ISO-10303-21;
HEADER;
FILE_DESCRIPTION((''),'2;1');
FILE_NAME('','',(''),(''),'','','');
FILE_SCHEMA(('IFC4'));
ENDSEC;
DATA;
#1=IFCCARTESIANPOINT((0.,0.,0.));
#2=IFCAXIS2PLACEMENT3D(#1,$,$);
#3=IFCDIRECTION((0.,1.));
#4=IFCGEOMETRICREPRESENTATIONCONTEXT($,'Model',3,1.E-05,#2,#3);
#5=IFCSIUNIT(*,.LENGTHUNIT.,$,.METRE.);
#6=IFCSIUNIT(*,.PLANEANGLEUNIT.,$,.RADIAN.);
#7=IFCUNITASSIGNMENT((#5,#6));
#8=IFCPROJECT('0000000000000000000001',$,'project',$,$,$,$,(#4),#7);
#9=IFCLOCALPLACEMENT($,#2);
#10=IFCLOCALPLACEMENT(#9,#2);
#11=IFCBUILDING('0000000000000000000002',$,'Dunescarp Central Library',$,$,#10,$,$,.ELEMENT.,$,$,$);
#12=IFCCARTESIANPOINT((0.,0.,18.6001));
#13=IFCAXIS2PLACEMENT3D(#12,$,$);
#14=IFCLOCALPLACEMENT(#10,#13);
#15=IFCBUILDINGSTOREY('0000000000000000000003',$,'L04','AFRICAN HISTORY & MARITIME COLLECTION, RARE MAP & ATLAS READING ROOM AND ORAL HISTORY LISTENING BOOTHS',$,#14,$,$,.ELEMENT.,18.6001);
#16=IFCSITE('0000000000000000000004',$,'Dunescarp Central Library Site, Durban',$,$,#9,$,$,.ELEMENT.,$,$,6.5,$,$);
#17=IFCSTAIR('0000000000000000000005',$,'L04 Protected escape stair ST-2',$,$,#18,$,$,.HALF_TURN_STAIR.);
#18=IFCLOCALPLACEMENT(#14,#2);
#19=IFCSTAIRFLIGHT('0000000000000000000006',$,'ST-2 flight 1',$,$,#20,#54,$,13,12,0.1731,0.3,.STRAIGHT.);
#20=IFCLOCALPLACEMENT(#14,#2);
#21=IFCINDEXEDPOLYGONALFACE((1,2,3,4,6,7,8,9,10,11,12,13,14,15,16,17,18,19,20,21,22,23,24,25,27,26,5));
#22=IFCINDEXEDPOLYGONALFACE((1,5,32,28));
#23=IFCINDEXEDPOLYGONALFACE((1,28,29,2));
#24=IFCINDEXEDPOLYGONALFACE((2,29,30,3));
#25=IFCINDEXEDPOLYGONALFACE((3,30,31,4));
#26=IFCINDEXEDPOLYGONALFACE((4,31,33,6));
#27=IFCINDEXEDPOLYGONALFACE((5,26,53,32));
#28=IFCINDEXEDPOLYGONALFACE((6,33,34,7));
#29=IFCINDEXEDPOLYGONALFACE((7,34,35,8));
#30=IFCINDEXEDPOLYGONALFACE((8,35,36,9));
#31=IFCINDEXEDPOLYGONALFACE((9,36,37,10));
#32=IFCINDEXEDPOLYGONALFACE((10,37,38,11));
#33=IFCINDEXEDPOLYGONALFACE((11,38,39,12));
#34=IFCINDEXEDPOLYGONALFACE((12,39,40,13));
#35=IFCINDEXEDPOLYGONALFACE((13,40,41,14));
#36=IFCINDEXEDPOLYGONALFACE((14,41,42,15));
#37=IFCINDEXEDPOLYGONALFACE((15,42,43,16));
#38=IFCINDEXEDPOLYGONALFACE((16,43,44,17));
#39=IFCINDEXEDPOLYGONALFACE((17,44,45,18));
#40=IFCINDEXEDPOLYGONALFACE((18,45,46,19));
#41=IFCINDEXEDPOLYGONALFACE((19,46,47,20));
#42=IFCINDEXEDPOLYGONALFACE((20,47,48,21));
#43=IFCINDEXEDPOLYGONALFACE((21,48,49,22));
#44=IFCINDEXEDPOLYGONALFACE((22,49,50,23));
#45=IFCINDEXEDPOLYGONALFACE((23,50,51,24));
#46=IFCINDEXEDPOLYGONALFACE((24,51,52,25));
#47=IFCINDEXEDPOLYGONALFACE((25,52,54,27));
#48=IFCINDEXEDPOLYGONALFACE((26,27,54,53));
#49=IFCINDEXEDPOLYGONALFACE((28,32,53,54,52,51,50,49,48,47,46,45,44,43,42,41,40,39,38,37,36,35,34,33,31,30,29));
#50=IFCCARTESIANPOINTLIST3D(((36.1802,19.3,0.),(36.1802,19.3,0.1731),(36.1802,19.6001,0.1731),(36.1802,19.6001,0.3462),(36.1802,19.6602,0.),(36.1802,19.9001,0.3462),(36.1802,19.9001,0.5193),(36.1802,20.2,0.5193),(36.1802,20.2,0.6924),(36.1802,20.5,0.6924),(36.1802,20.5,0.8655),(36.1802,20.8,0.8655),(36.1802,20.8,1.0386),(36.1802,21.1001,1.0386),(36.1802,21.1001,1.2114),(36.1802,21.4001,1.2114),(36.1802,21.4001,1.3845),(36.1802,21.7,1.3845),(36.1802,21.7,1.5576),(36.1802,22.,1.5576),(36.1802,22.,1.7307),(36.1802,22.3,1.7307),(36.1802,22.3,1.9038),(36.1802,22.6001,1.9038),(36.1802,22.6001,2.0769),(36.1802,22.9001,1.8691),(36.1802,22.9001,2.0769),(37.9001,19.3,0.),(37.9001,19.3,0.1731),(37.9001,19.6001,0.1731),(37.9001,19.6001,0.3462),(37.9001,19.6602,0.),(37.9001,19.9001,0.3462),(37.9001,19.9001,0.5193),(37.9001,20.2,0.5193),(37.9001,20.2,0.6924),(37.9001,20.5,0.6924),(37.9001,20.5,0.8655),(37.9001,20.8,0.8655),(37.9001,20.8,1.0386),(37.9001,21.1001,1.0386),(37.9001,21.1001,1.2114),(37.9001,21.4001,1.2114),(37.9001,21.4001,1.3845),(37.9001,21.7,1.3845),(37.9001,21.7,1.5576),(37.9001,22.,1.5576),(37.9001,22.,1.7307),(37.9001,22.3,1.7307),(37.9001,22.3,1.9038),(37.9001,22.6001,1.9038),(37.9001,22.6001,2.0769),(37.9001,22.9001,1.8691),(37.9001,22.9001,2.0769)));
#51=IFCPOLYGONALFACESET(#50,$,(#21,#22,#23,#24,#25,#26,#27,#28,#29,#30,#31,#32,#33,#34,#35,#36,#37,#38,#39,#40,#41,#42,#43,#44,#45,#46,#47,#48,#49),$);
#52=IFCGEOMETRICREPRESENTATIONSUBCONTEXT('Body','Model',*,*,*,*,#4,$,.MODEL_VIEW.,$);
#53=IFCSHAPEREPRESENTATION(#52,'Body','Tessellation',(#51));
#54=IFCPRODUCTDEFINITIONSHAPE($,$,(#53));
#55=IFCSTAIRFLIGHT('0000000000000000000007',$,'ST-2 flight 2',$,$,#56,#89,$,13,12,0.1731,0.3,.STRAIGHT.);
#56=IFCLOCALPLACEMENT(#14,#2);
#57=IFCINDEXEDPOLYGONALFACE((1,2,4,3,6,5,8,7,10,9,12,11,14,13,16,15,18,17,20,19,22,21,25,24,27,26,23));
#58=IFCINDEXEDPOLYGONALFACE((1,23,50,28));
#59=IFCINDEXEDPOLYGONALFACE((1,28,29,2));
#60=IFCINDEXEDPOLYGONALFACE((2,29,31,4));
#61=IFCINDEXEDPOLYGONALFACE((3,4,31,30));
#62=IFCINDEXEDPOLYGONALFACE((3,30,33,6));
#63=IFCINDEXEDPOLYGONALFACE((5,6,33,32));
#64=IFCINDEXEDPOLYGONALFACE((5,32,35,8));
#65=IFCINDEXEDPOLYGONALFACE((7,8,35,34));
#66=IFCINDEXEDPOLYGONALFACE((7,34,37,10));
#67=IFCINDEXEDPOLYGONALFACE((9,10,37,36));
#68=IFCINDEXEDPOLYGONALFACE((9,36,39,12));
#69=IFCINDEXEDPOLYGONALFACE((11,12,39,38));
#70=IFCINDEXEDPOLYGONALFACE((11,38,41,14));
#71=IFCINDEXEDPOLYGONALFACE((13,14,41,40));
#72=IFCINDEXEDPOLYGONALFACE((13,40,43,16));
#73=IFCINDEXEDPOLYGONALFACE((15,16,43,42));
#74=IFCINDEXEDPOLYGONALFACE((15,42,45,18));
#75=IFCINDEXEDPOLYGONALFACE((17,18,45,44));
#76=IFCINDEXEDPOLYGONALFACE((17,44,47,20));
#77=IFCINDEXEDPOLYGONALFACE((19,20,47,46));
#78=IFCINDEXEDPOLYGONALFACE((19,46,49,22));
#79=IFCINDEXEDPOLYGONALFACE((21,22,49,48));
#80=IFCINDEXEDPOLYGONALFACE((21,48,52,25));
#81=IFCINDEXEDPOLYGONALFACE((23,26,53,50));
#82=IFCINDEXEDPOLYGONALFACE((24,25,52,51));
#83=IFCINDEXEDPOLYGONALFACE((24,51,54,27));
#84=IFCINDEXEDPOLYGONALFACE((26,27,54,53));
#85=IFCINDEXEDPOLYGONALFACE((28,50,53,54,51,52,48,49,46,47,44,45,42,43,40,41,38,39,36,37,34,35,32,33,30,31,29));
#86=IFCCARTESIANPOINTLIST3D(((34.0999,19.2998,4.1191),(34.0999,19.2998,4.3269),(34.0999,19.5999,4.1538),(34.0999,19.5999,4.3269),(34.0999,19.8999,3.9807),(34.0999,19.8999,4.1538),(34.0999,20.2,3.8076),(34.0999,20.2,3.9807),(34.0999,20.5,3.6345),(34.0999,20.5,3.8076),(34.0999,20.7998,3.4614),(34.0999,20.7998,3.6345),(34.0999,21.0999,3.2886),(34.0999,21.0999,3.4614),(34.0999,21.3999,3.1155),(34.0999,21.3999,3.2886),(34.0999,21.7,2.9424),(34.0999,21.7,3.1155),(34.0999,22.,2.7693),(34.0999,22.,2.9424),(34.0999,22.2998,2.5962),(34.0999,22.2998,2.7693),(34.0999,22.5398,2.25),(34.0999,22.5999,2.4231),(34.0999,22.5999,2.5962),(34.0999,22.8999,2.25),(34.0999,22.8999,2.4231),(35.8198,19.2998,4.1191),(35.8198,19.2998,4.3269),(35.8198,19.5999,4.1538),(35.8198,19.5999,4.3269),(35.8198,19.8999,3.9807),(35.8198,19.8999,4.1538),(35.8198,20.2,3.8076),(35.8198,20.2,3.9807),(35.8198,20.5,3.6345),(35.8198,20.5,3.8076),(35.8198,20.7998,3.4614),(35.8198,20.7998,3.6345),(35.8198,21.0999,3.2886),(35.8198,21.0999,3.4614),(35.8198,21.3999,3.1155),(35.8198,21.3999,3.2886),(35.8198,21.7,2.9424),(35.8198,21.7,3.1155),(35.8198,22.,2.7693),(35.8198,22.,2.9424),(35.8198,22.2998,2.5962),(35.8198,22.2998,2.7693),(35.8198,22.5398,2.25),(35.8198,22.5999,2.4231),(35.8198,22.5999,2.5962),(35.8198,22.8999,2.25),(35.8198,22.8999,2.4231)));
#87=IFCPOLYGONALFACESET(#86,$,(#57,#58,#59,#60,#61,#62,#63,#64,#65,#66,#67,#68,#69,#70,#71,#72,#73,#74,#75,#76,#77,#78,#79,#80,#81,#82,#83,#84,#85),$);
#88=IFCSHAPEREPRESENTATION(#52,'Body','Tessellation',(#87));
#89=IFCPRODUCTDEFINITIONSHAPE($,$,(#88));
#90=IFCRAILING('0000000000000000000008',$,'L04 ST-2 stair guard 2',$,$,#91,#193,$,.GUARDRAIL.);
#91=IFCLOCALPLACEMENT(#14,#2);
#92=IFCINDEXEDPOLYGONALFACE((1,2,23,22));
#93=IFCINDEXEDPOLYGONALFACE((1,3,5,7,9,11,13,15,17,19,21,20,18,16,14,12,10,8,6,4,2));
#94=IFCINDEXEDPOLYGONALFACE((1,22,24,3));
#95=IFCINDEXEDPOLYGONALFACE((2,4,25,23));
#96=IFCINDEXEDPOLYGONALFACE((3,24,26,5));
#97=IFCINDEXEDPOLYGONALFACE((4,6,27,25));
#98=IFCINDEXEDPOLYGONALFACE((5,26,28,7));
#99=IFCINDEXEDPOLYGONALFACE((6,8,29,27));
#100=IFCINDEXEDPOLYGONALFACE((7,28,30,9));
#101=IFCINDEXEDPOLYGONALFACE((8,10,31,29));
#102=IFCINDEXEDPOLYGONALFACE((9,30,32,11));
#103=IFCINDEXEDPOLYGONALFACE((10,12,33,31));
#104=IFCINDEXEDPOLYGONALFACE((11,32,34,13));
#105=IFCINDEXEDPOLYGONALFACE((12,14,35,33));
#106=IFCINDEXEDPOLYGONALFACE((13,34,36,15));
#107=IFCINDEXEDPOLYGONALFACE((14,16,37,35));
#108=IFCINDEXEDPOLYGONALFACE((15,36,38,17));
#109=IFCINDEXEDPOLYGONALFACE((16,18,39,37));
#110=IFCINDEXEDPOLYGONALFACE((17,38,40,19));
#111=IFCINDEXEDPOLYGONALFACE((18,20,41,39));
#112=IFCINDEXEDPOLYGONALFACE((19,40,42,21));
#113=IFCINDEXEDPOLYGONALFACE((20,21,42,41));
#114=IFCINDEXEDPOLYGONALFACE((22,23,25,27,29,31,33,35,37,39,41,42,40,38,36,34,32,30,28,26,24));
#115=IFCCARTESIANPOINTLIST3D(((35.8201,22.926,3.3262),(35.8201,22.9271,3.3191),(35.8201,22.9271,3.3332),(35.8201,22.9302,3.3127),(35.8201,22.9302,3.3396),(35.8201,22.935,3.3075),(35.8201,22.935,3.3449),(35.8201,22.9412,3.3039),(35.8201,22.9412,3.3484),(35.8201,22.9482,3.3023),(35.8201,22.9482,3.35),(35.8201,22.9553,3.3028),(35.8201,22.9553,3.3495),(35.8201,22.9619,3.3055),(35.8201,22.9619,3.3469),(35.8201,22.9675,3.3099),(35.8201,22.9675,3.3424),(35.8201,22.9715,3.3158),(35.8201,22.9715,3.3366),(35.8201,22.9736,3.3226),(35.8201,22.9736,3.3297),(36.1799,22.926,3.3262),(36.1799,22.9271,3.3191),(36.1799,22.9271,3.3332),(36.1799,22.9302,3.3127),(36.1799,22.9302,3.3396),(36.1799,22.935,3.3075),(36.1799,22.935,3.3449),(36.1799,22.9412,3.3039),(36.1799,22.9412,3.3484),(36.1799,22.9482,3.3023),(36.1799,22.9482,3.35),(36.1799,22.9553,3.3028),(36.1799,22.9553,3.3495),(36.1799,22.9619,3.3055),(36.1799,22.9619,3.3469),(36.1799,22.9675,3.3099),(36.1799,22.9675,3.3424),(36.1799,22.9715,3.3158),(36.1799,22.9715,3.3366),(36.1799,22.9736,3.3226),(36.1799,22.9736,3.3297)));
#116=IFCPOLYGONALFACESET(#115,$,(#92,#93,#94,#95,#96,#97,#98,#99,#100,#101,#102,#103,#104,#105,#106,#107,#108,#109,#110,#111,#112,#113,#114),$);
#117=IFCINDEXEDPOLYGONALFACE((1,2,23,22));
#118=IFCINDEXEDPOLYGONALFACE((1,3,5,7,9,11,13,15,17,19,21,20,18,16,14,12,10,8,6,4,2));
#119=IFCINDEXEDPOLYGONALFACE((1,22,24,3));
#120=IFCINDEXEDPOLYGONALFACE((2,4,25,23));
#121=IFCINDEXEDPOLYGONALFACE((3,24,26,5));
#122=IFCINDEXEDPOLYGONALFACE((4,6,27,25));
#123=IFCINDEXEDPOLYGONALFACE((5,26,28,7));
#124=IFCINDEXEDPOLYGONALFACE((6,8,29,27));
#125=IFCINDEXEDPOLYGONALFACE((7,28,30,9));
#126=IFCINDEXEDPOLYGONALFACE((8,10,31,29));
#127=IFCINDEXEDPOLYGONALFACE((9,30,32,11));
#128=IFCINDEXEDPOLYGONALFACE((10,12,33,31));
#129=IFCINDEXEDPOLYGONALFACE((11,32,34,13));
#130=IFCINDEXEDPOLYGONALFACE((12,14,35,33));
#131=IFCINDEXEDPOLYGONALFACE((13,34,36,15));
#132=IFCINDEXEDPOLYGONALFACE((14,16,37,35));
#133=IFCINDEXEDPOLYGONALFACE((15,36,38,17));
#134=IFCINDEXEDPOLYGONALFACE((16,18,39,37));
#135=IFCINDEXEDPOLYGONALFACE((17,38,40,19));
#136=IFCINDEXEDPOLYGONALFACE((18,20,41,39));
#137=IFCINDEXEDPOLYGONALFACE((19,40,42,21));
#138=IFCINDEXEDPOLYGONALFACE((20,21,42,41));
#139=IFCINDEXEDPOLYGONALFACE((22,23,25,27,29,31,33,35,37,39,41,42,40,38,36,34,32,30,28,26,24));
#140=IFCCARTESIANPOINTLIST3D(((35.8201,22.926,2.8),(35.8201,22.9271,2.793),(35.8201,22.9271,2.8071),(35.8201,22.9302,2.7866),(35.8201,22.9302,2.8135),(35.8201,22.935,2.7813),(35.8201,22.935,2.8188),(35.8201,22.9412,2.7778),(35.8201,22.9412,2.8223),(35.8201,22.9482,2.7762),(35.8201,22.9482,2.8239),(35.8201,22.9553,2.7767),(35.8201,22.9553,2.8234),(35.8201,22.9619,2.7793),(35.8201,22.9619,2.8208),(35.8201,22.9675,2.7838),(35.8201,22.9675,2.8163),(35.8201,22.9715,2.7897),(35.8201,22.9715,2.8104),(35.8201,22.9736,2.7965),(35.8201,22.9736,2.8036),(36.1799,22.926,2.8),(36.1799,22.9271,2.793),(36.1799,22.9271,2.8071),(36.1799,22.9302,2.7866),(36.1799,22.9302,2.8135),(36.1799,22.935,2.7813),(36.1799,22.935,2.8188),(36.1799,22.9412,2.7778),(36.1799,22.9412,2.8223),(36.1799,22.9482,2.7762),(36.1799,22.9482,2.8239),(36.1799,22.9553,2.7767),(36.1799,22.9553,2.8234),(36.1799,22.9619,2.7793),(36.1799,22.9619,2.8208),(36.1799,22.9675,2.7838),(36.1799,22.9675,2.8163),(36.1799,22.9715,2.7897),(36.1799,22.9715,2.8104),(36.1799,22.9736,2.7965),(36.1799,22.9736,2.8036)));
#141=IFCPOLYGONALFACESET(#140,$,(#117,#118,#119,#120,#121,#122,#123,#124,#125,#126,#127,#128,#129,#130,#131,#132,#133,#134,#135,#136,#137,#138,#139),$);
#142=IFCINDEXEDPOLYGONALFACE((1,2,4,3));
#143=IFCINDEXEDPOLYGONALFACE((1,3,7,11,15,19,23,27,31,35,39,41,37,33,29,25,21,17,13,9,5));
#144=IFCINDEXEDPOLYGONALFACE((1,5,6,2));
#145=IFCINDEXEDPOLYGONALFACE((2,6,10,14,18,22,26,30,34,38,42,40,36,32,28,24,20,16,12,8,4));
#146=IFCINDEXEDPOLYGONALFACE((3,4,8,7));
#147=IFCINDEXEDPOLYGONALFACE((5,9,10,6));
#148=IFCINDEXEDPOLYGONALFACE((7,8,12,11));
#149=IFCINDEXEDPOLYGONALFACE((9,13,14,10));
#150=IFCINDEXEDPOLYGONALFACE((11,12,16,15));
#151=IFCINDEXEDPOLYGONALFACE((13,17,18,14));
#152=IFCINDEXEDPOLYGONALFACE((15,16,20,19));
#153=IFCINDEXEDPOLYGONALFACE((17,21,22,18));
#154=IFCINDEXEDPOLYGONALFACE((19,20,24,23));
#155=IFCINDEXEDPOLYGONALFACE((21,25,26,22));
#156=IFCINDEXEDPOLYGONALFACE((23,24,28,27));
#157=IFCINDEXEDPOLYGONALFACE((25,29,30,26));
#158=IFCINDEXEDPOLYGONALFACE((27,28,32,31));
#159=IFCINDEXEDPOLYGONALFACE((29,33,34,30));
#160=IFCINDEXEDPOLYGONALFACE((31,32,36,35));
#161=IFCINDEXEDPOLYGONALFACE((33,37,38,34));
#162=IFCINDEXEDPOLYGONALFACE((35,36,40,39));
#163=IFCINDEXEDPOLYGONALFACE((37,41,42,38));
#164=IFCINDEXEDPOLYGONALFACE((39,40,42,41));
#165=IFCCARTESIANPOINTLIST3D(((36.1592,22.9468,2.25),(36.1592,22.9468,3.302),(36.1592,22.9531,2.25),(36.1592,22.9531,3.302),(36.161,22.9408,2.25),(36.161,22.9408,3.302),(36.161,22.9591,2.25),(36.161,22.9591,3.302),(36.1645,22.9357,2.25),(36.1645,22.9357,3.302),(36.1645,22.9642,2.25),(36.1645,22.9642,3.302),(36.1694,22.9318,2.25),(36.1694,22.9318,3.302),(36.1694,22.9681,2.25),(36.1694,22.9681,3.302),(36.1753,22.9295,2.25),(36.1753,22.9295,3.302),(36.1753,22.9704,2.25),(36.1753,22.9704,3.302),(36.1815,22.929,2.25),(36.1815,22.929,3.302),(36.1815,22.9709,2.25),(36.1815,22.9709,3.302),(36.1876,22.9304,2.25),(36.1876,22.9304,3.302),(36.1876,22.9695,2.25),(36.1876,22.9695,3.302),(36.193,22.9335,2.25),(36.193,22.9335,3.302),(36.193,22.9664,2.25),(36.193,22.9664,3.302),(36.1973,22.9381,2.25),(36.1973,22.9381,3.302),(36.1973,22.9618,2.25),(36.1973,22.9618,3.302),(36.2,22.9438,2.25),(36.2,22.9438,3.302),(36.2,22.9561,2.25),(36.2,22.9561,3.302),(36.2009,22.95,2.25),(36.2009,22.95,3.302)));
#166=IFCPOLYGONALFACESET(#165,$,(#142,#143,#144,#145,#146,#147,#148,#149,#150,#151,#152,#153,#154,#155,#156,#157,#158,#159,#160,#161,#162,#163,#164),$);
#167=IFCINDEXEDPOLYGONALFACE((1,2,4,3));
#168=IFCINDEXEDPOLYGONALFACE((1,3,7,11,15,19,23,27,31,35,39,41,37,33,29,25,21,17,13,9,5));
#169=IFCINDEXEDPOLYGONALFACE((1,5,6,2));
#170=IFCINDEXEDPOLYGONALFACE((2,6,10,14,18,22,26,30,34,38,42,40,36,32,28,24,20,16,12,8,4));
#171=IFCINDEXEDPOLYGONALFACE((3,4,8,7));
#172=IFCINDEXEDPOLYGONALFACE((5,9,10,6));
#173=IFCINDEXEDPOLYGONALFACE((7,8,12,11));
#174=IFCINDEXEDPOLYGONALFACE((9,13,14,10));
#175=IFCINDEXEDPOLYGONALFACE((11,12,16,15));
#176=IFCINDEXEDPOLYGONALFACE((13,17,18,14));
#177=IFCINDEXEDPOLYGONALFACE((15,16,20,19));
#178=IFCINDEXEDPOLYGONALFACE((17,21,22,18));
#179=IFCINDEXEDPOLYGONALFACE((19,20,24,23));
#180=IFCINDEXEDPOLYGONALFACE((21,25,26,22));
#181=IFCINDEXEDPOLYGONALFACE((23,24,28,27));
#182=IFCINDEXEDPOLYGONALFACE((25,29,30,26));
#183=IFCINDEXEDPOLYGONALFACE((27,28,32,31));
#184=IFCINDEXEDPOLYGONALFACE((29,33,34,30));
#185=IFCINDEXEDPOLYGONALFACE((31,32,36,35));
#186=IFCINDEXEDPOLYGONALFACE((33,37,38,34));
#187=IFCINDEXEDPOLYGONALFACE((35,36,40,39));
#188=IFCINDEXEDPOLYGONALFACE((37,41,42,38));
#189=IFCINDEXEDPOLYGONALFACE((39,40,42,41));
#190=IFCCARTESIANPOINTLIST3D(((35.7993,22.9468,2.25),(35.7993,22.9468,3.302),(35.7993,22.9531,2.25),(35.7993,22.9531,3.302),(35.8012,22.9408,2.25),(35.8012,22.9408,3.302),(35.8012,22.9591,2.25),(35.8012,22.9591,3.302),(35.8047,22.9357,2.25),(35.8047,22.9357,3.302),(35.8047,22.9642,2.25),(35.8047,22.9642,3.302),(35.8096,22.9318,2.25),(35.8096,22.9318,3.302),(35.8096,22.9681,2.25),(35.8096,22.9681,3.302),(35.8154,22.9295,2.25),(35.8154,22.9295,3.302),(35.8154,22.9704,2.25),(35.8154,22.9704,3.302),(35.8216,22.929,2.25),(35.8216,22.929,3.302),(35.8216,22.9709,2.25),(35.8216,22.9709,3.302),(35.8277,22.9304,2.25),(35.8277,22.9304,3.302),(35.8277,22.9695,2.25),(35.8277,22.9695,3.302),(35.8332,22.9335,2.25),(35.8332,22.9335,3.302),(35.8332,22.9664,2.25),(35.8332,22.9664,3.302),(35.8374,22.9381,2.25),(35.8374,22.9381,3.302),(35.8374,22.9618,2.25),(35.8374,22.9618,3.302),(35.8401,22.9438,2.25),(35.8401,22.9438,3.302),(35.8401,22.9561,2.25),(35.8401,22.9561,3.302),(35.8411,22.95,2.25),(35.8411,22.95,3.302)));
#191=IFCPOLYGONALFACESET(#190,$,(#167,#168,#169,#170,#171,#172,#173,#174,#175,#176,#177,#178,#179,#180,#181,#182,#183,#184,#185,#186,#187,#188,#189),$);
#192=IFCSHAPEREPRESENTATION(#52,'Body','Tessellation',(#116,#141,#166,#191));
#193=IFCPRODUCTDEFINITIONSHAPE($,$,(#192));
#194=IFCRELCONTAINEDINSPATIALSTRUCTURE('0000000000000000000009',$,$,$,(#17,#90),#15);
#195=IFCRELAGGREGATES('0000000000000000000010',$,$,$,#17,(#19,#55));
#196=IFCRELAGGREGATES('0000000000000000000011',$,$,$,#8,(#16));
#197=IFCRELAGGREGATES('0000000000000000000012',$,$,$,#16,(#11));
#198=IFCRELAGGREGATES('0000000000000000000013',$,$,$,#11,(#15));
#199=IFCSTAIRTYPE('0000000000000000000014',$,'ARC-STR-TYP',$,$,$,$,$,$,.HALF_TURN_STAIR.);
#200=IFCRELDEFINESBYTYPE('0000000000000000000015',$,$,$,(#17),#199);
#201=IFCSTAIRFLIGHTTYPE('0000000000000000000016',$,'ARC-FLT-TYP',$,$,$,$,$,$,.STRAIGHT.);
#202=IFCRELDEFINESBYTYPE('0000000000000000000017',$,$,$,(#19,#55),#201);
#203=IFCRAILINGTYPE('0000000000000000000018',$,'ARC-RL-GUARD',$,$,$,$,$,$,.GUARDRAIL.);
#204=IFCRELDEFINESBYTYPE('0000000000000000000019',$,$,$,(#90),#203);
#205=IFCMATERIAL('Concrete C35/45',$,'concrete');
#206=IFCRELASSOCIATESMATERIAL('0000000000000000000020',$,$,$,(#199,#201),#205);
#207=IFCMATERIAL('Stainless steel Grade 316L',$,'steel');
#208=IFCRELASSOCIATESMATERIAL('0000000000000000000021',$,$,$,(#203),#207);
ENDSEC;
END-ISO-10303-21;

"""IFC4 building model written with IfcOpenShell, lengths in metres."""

from ifc_helpers import new_model, si_unit, direction, frame, origin, origin_2d, place, context, subcontext, project, spatial, polyline, circle, outline, extrude, material, type_object, element, aggregate, save


model = new_model("IFC4")

# Units and contexts
model_context = context("Model", 3, precision=1e-05, world=origin(), true_north=direction((0.0, 1.0)))
body_context = subcontext(model_context, "Body", "Model", "MODEL_VIEW")
ifc_project = project(units=[si_unit("LENGTHUNIT", "METRE"), si_unit("PLANEANGLEUNIT", "RADIAN")], contexts=[model_context])

# Site, building, storey
site_placement = place(None, origin())
site = spatial("IfcSite", under=ifc_project, at=site_placement, Name="Dunescarp Central Library Site, Durban", CompositionType="ELEMENT", RefElevation=6.5)
building_placement = place(site_placement, origin())
building = spatial("IfcBuilding", under=site, at=building_placement, Name="Dunescarp Central Library", CompositionType="ELEMENT")
storey_placement = place(building_placement, frame((0.0, 0.0, 18.6001)))
storey = spatial("IfcBuildingStorey", under=building, at=storey_placement, Name="L04", Description="AFRICAN HISTORY & MARITIME COLLECTION, RARE MAP & ATLAS READING ROOM AND ORAL HISTORY LISTENING BOOTHS", CompositionType="ELEMENT", Elevation=18.6001)

# Stair, stair flights
ifc_material_1 = material(Name="Concrete C35/45", Category="concrete")
stair_type = type_object("IfcStairType", Name="ARC-STR-TYP", PredefinedType="HALF_TURN_STAIR", material=ifc_material_1)
stair_placement = place(storey_placement, origin())
stair = element("IfcStair", 1, at=stair_placement, inside=storey, type_object=stair_type, Name="L04 Protected escape stair ST-2", PredefinedType="HALF_TURN_STAIR")
stair_flight_type = type_object("IfcStairFlightType", Name="ARC-FLT-TYP", PredefinedType="STRAIGHT", material=ifc_material_1)
stair_flight_1_placement = place(storey_placement, frame((37.04, 19.3, 0.0), z_axis=(0.0, 0.0, 1.0), x_axis=(0.0, 1.0, 0.0)))
stair_flight_1 = element("IfcStairFlight", 2, at=stair_flight_1_placement, type_object=stair_flight_type, Name="ST-2 flight 1", NumberOfRisers=13, NumberOfTreads=12, PredefinedType="STRAIGHT", RiserHeight=0.1731, TreadLength=0.3, context=body_context, shape_type="SweptSolid", body=[
    extrude(outline(polyline([(0.0, 0.0), (0.0, 0.1731), (0.3, 0.1731), (0.3, 0.3462), (0.6001, 0.3462), (0.6001, 0.5193), (0.8999, 0.5193), (0.8999, 0.6924), (1.2, 0.6924), (1.2, 0.8655), (1.5, 0.8655), (1.5, 1.0386), (1.8, 1.0386), (1.8, 1.2114), (2.1001, 1.2114), (2.1001, 1.3845), (2.3999, 1.3845), (2.3999, 1.5576), (2.7, 1.5576), (2.7, 1.7307), (3.0, 1.7307), (3.0, 1.9038), (3.3, 1.9038), (3.3, 2.0769), (3.6001, 2.0769), (3.6001, 2.25), (3.6001, 1.8691), (0.3601, 0.0), (0.0, 0.0)])), frame((0.0, 0.8599, 0.0), z_axis=(0.0, -1.0, 0.0), x_axis=(1.0, 0.0, 0.0)), (0.0, 0.0, 1.0), 1.72),
])
stair_flight_2_placement = place(storey_placement, frame((34.96, 22.8999, 2.25), z_axis=(0.0, 0.0, 1.0), x_axis=(0.0, -1.0, 0.0)))
stair_flight_2 = element("IfcStairFlight", 3, at=stair_flight_2_placement, type_object=stair_flight_type, Name="ST-2 flight 2", NumberOfRisers=13, NumberOfTreads=12, PredefinedType="STRAIGHT", RiserHeight=0.1731, TreadLength=0.3, context=body_context, shape_type="SweptSolid", body=[
    extrude(outline(polyline([(0.0, 0.0), (0.0, 0.1731), (0.3, 0.1731), (0.3, 0.3462), (0.6001, 0.3462), (0.6001, 0.5193), (0.8999, 0.5193), (0.8999, 0.6924), (1.2, 0.6924), (1.2, 0.8655), (1.5, 0.8655), (1.5, 1.0386), (1.8, 1.0386), (1.8, 1.2114), (2.1001, 1.2114), (2.1001, 1.3845), (2.3999, 1.3845), (2.3999, 1.5576), (2.7, 1.5576), (2.7, 1.7307), (3.0, 1.7307), (3.0, 1.9038), (3.3, 1.9038), (3.3, 2.0769), (3.6001, 2.0769), (3.6001, 2.25), (3.6001, 1.8691), (0.3601, 0.0), (0.0, 0.0)])), frame((0.0, 0.8599, 0.0), z_axis=(0.0, -1.0, 0.0), x_axis=(1.0, 0.0, 0.0)), (0.0, 0.0, 1.0), 1.72),
])
aggregate(stair, [stair_flight_1, stair_flight_2])

# Railing
ifc_material_2 = material(Name="Stainless steel Grade 316L", Category="steel")
railing_type_1 = type_object("IfcRailingType", Name="ARC-RL-GUARD", PredefinedType="GUARDRAIL", material=ifc_material_2)
railing_1_placement = place(storey_placement, frame((36.1799, 22.95, 2.25)))
element("IfcRailing", 4, at=railing_1_placement, inside=storey, type_object=railing_type_1, Name="L04 ST-2 stair guard 2", PredefinedType="GUARDRAIL", context=body_context, shape_type="SweptSolid", body=[
    extrude(circle(Radius=0.0239, at=origin_2d()), frame((0.0, 0.0, 1.0762), z_axis=(-1.0, 0.0, 0.0), x_axis=(0.0, -1.0, 0.0)), (0.0, 0.0, 1.0), 0.3599),
    extrude(circle(Radius=0.0239, at=origin_2d()), frame((0.0, 0.0, 0.55), z_axis=(-1.0, 0.0, 0.0), x_axis=(0.0, -1.0, 0.0)), (0.0, 0.0, 1.0), 0.3599),
    extrude(circle(Radius=0.021, at=origin_2d()), origin(), (0.0, 0.0, 1.0), 1.052),
    extrude(circle(Radius=0.021, at=origin_2d()), frame((-0.3599, 0.0, 0.0)), (0.0, 0.0, 1.0), 1.052),
])

save(model, "model.ifc")
